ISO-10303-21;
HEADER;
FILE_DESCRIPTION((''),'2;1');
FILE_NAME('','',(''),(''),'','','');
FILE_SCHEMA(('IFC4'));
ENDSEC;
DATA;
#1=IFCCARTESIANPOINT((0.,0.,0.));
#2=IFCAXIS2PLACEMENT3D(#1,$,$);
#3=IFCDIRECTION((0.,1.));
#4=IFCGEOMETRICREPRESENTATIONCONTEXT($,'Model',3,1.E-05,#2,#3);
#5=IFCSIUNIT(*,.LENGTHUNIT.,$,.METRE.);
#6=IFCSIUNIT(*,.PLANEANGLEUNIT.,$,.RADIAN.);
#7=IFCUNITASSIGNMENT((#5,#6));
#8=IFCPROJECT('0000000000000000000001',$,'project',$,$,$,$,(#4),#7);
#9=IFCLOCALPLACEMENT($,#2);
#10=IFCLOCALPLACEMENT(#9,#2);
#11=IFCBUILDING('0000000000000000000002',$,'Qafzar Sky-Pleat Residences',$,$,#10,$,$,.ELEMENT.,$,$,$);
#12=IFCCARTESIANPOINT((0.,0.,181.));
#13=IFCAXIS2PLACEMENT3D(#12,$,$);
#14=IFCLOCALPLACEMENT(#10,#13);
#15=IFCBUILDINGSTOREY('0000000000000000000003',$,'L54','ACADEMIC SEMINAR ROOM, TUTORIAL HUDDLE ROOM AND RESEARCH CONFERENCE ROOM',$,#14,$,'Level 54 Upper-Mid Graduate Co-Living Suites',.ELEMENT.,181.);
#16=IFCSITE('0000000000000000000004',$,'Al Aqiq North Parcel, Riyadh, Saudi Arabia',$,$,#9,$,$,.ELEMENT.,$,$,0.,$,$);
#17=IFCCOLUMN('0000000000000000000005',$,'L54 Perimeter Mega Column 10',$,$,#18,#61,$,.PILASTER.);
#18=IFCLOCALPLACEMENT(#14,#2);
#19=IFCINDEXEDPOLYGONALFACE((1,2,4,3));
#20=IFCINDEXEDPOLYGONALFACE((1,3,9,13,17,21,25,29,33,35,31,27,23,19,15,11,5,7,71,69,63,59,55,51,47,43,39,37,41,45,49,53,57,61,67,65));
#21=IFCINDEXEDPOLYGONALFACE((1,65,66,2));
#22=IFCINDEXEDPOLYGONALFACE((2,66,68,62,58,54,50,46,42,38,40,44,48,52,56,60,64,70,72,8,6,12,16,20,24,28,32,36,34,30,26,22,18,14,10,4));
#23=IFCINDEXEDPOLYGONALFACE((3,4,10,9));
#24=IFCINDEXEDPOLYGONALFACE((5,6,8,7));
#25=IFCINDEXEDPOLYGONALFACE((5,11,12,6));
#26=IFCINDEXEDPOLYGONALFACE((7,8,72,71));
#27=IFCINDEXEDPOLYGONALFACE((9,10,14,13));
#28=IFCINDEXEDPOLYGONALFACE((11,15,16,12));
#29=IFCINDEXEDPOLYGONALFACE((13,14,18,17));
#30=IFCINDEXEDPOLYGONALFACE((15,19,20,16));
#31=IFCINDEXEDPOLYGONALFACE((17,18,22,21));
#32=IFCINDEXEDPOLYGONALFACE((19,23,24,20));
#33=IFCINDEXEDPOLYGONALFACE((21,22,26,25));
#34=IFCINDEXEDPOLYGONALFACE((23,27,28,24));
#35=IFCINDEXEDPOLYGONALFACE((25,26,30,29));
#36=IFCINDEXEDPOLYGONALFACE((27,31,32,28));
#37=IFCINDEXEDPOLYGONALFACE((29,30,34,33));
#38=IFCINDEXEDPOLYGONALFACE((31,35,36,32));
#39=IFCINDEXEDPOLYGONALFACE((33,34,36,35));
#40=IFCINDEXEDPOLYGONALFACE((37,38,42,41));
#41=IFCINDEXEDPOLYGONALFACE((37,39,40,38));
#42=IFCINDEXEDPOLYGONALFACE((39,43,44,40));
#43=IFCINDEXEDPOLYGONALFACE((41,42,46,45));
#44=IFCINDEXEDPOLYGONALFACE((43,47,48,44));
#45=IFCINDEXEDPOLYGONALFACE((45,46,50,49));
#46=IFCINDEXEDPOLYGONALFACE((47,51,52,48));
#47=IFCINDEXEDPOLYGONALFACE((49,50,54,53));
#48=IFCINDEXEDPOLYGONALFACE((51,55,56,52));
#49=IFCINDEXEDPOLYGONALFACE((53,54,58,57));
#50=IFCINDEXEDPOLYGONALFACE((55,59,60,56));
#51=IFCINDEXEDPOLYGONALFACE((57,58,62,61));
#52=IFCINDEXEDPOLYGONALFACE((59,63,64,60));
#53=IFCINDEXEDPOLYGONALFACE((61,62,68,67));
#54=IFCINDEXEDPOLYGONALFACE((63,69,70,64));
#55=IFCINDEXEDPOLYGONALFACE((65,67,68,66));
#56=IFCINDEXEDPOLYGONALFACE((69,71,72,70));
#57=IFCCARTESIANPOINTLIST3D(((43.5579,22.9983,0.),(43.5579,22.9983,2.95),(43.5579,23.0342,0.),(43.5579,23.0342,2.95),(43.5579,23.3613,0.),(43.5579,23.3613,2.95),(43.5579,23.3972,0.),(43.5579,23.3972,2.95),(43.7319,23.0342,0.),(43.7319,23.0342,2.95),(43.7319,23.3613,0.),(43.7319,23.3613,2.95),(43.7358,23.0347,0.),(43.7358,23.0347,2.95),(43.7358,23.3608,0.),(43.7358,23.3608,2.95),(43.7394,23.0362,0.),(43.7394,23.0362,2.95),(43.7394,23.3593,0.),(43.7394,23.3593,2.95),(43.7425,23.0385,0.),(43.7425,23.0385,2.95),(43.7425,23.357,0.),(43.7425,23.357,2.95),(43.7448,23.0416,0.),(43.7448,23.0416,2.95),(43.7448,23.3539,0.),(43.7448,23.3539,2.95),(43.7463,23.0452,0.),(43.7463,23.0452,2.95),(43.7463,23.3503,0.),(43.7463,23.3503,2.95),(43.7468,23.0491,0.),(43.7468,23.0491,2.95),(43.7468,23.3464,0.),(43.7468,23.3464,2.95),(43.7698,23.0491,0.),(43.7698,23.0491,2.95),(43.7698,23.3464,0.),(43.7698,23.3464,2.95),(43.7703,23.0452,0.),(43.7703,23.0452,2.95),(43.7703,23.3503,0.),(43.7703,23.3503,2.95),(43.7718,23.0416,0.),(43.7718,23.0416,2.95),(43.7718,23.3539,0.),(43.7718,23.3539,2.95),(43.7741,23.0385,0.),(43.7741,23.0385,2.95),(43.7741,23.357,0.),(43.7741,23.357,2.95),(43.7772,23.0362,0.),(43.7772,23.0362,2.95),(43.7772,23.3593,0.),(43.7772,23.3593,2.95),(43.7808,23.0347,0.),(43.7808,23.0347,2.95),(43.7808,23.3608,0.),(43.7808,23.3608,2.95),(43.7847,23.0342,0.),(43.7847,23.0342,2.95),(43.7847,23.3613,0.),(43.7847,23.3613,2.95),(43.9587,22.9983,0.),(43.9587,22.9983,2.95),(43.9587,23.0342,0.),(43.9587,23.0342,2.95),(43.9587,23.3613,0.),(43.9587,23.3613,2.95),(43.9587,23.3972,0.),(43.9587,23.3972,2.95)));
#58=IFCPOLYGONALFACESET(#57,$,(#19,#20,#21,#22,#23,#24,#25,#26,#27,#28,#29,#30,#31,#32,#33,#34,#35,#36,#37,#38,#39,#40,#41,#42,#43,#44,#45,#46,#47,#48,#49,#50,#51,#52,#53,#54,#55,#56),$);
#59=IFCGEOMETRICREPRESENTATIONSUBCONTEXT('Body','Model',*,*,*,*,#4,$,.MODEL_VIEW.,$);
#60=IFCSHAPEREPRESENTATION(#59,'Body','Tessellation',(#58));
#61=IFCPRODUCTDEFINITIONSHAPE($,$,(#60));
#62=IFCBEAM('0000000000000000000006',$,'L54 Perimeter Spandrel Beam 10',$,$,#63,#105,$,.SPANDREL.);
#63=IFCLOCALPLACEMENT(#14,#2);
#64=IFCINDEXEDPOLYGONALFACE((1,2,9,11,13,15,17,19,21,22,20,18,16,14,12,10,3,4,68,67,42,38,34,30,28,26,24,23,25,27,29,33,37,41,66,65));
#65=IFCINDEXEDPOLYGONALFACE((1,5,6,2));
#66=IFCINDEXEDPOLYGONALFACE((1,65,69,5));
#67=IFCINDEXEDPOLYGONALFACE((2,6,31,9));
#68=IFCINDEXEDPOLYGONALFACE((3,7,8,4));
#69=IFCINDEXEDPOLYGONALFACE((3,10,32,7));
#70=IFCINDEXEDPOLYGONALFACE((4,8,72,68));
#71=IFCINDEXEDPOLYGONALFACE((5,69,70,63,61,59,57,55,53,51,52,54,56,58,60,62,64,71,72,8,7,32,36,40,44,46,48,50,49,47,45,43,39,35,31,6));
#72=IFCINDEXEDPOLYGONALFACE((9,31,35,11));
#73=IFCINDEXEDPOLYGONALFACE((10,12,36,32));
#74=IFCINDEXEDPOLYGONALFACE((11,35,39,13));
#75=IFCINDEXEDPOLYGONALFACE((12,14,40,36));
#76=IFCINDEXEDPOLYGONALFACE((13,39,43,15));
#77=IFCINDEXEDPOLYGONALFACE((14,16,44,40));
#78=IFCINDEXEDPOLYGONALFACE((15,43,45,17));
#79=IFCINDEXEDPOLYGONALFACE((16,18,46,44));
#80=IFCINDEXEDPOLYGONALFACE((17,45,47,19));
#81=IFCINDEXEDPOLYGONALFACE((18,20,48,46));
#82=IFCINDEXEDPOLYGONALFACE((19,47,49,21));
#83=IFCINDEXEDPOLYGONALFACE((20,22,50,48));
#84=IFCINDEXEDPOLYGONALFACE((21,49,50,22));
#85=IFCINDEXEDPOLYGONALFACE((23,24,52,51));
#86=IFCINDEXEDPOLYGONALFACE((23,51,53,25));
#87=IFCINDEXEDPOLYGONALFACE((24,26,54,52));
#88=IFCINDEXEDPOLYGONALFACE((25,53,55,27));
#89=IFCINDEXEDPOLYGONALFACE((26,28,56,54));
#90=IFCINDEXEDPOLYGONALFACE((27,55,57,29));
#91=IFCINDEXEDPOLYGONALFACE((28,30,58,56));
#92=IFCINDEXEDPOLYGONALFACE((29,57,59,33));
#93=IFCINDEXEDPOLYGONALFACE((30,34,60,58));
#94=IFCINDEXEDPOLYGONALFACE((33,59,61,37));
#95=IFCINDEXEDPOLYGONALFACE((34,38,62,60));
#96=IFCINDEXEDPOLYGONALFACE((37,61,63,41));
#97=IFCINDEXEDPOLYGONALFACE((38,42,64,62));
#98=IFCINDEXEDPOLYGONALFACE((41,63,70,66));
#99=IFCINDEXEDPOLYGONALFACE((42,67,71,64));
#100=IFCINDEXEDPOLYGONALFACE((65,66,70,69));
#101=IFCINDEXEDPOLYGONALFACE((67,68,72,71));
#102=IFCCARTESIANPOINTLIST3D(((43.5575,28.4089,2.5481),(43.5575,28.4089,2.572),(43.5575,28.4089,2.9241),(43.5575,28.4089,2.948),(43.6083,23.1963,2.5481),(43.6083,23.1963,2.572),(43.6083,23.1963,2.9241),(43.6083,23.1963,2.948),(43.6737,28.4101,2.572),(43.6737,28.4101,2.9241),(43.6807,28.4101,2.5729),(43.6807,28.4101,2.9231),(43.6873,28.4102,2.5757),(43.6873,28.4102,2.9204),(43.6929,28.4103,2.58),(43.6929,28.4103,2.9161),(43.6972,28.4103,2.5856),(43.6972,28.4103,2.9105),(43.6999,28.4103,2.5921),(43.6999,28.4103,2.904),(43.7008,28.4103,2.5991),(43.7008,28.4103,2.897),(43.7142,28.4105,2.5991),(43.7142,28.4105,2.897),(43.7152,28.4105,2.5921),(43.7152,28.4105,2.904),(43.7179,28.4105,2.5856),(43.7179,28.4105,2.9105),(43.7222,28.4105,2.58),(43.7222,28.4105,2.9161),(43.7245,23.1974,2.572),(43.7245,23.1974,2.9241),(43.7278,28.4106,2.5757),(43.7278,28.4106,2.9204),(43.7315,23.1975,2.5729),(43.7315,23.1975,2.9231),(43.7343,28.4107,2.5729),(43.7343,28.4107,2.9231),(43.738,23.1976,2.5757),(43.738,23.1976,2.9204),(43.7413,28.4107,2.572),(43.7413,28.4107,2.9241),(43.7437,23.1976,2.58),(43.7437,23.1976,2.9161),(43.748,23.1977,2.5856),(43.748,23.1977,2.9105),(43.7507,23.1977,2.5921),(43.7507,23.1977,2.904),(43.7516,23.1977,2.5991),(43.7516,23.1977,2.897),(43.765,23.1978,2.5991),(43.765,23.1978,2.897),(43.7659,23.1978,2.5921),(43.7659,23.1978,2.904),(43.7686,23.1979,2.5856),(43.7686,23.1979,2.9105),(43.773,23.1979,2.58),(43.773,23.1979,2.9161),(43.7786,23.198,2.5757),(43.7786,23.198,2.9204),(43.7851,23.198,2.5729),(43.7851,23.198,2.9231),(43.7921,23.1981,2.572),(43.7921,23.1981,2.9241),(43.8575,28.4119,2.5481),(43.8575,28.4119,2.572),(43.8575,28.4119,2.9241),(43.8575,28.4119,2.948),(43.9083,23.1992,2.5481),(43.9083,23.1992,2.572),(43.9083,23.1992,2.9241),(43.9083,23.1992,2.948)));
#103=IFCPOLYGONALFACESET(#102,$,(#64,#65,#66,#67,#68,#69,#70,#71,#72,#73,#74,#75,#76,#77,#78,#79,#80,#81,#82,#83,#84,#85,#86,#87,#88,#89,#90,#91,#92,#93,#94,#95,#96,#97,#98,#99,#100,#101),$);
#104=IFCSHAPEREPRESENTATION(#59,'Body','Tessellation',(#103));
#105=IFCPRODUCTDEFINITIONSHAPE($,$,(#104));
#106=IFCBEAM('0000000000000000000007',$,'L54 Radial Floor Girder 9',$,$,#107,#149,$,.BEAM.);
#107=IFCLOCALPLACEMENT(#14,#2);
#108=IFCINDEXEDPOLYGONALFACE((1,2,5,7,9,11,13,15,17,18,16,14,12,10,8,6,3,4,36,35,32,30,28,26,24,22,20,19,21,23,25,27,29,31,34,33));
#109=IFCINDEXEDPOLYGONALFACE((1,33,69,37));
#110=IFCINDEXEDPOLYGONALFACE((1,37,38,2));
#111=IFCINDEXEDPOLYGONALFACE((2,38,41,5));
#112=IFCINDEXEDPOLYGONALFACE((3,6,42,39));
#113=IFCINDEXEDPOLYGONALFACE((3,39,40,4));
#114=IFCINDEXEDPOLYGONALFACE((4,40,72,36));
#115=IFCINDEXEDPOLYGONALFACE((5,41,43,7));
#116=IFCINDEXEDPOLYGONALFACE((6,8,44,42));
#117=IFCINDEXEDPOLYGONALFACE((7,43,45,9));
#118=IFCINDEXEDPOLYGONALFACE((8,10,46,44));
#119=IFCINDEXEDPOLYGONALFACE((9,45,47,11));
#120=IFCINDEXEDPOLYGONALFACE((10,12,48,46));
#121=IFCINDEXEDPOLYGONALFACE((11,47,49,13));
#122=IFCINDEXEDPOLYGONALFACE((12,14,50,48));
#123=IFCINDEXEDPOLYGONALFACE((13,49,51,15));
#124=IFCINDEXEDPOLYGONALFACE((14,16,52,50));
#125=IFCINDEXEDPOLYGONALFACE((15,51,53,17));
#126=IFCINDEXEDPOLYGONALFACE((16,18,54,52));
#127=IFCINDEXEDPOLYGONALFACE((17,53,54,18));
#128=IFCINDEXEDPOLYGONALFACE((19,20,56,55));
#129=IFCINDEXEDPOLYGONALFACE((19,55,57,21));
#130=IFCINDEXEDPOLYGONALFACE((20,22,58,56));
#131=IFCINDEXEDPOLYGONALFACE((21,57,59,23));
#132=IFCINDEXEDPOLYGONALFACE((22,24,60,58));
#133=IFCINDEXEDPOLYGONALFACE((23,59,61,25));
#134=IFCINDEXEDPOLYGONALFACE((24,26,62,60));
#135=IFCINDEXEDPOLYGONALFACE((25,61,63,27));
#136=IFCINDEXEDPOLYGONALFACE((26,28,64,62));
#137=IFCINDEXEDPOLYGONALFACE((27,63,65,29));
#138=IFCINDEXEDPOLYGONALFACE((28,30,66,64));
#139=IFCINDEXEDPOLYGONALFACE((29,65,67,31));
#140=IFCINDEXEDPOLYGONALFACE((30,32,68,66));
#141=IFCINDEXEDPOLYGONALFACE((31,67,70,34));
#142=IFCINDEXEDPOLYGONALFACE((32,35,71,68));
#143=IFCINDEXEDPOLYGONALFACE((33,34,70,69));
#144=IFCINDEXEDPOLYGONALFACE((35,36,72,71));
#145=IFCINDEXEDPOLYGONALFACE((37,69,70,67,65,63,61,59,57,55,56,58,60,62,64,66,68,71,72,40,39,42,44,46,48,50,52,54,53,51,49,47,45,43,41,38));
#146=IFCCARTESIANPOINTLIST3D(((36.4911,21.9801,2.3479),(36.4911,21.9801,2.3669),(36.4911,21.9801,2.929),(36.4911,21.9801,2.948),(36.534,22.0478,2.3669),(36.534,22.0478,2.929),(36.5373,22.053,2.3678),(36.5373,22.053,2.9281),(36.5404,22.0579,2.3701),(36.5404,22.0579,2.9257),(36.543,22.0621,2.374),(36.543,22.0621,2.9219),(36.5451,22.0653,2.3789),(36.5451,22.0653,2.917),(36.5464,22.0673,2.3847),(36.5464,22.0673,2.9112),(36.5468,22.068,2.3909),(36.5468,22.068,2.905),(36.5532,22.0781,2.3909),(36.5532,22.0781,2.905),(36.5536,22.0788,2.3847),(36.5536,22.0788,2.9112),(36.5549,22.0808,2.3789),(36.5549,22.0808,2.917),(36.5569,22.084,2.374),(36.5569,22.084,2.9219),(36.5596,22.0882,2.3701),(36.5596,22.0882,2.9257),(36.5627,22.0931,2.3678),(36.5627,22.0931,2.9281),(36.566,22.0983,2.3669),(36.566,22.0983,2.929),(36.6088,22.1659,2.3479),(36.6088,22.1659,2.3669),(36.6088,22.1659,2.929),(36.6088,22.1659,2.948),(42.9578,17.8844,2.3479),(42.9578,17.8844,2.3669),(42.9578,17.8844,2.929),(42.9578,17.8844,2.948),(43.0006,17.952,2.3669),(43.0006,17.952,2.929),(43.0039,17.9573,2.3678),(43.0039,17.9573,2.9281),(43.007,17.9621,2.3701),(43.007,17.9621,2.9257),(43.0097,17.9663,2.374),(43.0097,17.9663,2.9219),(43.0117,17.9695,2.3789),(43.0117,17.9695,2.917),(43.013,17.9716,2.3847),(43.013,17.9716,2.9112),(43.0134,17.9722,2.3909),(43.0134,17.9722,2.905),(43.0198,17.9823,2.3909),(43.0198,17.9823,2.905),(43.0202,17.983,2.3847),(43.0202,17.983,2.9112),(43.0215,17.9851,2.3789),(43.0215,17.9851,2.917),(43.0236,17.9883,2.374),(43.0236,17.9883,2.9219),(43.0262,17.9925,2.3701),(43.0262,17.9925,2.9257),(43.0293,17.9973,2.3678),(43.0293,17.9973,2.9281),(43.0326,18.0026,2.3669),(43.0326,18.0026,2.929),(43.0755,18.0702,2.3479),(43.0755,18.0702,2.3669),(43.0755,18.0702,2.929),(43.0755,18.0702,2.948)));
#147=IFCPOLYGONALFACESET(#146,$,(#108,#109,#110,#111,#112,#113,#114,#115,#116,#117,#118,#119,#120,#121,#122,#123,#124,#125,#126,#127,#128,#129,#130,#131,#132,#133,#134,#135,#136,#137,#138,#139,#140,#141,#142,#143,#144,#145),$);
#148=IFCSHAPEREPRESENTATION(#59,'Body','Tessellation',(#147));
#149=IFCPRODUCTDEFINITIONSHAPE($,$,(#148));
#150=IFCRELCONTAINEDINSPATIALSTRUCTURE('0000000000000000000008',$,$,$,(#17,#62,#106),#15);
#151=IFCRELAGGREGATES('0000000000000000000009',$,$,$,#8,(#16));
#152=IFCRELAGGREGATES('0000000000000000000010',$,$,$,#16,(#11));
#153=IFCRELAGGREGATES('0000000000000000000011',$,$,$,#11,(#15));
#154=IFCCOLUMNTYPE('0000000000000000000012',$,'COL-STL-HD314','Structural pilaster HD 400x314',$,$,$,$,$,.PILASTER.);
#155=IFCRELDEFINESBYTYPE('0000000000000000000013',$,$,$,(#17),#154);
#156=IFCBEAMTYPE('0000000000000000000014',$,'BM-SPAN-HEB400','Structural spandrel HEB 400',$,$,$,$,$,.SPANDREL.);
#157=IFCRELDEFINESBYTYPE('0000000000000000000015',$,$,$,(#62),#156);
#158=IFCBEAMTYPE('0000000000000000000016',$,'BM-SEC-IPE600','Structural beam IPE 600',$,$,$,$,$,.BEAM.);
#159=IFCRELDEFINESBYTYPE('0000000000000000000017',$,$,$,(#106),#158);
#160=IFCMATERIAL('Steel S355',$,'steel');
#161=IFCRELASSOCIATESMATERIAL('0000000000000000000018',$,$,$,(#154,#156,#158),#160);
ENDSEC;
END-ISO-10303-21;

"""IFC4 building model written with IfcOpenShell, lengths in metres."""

from ifc_helpers import new_model, si_unit, direction, frame, origin, origin_2d, place, context, subcontext, project, spatial, i_section, extrude, source, transform, mapped, material, material_profile, profile_set, type_object, element, save


model = new_model("IFC4")

# Units and contexts
model_context = context("Model", 3, precision=1e-05, world=origin(), true_north=direction((0.0, 1.0)))
body_context = subcontext(model_context, "Body", "Model", "MODEL_VIEW")
ifc_project = project(units=[si_unit("LENGTHUNIT", "METRE"), si_unit("PLANEANGLEUNIT", "RADIAN")], contexts=[model_context])

# Site, building, storey
site_placement = place(None, origin())
site = spatial("IfcSite", under=ifc_project, at=site_placement, Name="Al Aqiq North Parcel, Riyadh, Saudi Arabia", CompositionType="ELEMENT", RefElevation=0.0)
building_placement = place(site_placement, origin())
building = spatial("IfcBuilding", under=site, at=building_placement, Name="Qafzar Sky-Pleat Residences", CompositionType="ELEMENT")
storey_placement = place(building_placement, frame((0.0, 0.0, 181.0)))
storey = spatial("IfcBuildingStorey", under=building, at=storey_placement, Name="L54", Description="ACADEMIC SEMINAR ROOM, TUTORIAL HUDDLE ROOM AND RESEARCH CONFERENCE ROOM", LongName="Level 54 Upper-Mid Graduate Co-Living Suites", CompositionType="ELEMENT", Elevation=181.0)

# Column
ifc_material_1 = material(Name="Steel S355", Category="steel")
ifc_material_profile_1 = material_profile(ifc_material_1, i_section(OverallWidth=0.4009, OverallDepth=0.3989, WebThickness=0.0229, FlangeThickness=0.0359, FilletRadius=0.0149, at=origin_2d()), Name="HD 400x314")
ifc_profile_set_1 = profile_set([ifc_material_profile_1], Name="Steel S355")
column_type = type_object("IfcColumnType", Name="COL-STL-HD314", Description="Structural pilaster HD 400x314", PredefinedType="PILASTER", material=ifc_profile_set_1)
shared_shape_1 = source(origin(), body_context, "Body", "SweptSolid", [
    extrude(i_section(OverallWidth=0.4009, OverallDepth=0.3989, WebThickness=0.0229, FlangeThickness=0.0359, FilletRadius=0.0149, at=origin_2d()), origin(), (0.0, 0.0, 1.0), 2.95),
])
column_placement = place(storey_placement, frame((43.7583, 23.1978, 0.0), z_axis=(0.0, 0.0, 1.0), x_axis=(1.0, 0.0, 0.0)))
element("IfcColumn", 1, at=column_placement, inside=storey, type_object=column_type, Name="L54 Perimeter Mega Column 10", PredefinedType="PILASTER", context=body_context, shape_type="MappedRepresentation", body=[
    mapped(shared_shape_1, transform((0.0, 0.0, 0.0), x_axis=(1.0, 0.0, 0.0), y_axis=(0.0, 1.0, 0.0), z_axis=(0.0, 0.0, 1.0), scale=1.0)),
])

# Beams
ifc_material_profile_2 = material_profile(ifc_material_1, i_section(OverallWidth=0.3, OverallDepth=0.3999, WebThickness=0.0134, FlangeThickness=0.0239, FilletRadius=0.0271, at=origin_2d()), Name="HEB 400")
ifc_profile_set_2 = profile_set([ifc_material_profile_2], Name="Steel S355")
beam_type_1 = type_object("IfcBeamType", Name="BM-SPAN-HEB400", Description="Structural spandrel HEB 400", PredefinedType="SPANDREL", material=ifc_profile_set_2)
shared_shape_2 = source(origin(), body_context, "Body", "SweptSolid", [
    extrude(i_section(OverallWidth=0.3, OverallDepth=0.3999, WebThickness=0.0134, FlangeThickness=0.0239, FilletRadius=0.0271, at=origin_2d()), origin(), (0.0, 0.0, 1.0), 5.2129),
])
beam_1_placement = place(storey_placement, frame((43.7583, 23.1978, 2.748), z_axis=(-0.009741, 0.999953, 0.0), x_axis=(-0.999953, -0.009741, 0.0)))
element("IfcBeam", 2, at=beam_1_placement, inside=storey, type_object=beam_type_1, Name="L54 Perimeter Spandrel Beam 10", PredefinedType="SPANDREL", context=body_context, shape_type="MappedRepresentation", body=[
    mapped(shared_shape_2, transform((0.0, 0.0, 0.0), x_axis=(1.0, 0.0, 0.0), y_axis=(0.0, 1.0, 0.0), z_axis=(0.0, 0.0, 1.0), scale=1.0)),
])
ifc_material_profile_3 = material_profile(ifc_material_1, i_section(OverallWidth=0.22, OverallDepth=0.6001, WebThickness=0.012, FlangeThickness=0.019, FilletRadius=0.0239, at=origin_2d()), Name="IPE 600")
ifc_profile_set_3 = profile_set([ifc_material_profile_3], Name="Steel S355")
beam_type_2 = type_object("IfcBeamType", Name="BM-SEC-IPE600", Description="Structural beam IPE 600", PredefinedType="BEAM", material=ifc_profile_set_3)
shared_shape_3 = source(origin(), body_context, "Body", "SweptSolid", [
    extrude(i_section(OverallWidth=0.22, OverallDepth=0.6001, WebThickness=0.012, FlangeThickness=0.019, FilletRadius=0.0239, at=origin_2d()), origin(), (0.0, 0.0, 1.0), 7.6545),
])
beam_2_placement = place(storey_placement, frame((43.0166, 17.9773, 2.6479), z_axis=(-0.844806, 0.535073, 0.0), x_axis=(-0.535073, -0.844806, 0.0)))
element("IfcBeam", 3, at=beam_2_placement, inside=storey, type_object=beam_type_2, Name="L54 Radial Floor Girder 9", PredefinedType="BEAM", context=body_context, shape_type="MappedRepresentation", body=[
    mapped(shared_shape_3, transform((0.0, 0.0, 0.0), x_axis=(1.0, 0.0, 0.0), y_axis=(0.0, 1.0, 0.0), z_axis=(0.0, 0.0, 1.0), scale=1.0)),
])

save(model, "model.ifc")
